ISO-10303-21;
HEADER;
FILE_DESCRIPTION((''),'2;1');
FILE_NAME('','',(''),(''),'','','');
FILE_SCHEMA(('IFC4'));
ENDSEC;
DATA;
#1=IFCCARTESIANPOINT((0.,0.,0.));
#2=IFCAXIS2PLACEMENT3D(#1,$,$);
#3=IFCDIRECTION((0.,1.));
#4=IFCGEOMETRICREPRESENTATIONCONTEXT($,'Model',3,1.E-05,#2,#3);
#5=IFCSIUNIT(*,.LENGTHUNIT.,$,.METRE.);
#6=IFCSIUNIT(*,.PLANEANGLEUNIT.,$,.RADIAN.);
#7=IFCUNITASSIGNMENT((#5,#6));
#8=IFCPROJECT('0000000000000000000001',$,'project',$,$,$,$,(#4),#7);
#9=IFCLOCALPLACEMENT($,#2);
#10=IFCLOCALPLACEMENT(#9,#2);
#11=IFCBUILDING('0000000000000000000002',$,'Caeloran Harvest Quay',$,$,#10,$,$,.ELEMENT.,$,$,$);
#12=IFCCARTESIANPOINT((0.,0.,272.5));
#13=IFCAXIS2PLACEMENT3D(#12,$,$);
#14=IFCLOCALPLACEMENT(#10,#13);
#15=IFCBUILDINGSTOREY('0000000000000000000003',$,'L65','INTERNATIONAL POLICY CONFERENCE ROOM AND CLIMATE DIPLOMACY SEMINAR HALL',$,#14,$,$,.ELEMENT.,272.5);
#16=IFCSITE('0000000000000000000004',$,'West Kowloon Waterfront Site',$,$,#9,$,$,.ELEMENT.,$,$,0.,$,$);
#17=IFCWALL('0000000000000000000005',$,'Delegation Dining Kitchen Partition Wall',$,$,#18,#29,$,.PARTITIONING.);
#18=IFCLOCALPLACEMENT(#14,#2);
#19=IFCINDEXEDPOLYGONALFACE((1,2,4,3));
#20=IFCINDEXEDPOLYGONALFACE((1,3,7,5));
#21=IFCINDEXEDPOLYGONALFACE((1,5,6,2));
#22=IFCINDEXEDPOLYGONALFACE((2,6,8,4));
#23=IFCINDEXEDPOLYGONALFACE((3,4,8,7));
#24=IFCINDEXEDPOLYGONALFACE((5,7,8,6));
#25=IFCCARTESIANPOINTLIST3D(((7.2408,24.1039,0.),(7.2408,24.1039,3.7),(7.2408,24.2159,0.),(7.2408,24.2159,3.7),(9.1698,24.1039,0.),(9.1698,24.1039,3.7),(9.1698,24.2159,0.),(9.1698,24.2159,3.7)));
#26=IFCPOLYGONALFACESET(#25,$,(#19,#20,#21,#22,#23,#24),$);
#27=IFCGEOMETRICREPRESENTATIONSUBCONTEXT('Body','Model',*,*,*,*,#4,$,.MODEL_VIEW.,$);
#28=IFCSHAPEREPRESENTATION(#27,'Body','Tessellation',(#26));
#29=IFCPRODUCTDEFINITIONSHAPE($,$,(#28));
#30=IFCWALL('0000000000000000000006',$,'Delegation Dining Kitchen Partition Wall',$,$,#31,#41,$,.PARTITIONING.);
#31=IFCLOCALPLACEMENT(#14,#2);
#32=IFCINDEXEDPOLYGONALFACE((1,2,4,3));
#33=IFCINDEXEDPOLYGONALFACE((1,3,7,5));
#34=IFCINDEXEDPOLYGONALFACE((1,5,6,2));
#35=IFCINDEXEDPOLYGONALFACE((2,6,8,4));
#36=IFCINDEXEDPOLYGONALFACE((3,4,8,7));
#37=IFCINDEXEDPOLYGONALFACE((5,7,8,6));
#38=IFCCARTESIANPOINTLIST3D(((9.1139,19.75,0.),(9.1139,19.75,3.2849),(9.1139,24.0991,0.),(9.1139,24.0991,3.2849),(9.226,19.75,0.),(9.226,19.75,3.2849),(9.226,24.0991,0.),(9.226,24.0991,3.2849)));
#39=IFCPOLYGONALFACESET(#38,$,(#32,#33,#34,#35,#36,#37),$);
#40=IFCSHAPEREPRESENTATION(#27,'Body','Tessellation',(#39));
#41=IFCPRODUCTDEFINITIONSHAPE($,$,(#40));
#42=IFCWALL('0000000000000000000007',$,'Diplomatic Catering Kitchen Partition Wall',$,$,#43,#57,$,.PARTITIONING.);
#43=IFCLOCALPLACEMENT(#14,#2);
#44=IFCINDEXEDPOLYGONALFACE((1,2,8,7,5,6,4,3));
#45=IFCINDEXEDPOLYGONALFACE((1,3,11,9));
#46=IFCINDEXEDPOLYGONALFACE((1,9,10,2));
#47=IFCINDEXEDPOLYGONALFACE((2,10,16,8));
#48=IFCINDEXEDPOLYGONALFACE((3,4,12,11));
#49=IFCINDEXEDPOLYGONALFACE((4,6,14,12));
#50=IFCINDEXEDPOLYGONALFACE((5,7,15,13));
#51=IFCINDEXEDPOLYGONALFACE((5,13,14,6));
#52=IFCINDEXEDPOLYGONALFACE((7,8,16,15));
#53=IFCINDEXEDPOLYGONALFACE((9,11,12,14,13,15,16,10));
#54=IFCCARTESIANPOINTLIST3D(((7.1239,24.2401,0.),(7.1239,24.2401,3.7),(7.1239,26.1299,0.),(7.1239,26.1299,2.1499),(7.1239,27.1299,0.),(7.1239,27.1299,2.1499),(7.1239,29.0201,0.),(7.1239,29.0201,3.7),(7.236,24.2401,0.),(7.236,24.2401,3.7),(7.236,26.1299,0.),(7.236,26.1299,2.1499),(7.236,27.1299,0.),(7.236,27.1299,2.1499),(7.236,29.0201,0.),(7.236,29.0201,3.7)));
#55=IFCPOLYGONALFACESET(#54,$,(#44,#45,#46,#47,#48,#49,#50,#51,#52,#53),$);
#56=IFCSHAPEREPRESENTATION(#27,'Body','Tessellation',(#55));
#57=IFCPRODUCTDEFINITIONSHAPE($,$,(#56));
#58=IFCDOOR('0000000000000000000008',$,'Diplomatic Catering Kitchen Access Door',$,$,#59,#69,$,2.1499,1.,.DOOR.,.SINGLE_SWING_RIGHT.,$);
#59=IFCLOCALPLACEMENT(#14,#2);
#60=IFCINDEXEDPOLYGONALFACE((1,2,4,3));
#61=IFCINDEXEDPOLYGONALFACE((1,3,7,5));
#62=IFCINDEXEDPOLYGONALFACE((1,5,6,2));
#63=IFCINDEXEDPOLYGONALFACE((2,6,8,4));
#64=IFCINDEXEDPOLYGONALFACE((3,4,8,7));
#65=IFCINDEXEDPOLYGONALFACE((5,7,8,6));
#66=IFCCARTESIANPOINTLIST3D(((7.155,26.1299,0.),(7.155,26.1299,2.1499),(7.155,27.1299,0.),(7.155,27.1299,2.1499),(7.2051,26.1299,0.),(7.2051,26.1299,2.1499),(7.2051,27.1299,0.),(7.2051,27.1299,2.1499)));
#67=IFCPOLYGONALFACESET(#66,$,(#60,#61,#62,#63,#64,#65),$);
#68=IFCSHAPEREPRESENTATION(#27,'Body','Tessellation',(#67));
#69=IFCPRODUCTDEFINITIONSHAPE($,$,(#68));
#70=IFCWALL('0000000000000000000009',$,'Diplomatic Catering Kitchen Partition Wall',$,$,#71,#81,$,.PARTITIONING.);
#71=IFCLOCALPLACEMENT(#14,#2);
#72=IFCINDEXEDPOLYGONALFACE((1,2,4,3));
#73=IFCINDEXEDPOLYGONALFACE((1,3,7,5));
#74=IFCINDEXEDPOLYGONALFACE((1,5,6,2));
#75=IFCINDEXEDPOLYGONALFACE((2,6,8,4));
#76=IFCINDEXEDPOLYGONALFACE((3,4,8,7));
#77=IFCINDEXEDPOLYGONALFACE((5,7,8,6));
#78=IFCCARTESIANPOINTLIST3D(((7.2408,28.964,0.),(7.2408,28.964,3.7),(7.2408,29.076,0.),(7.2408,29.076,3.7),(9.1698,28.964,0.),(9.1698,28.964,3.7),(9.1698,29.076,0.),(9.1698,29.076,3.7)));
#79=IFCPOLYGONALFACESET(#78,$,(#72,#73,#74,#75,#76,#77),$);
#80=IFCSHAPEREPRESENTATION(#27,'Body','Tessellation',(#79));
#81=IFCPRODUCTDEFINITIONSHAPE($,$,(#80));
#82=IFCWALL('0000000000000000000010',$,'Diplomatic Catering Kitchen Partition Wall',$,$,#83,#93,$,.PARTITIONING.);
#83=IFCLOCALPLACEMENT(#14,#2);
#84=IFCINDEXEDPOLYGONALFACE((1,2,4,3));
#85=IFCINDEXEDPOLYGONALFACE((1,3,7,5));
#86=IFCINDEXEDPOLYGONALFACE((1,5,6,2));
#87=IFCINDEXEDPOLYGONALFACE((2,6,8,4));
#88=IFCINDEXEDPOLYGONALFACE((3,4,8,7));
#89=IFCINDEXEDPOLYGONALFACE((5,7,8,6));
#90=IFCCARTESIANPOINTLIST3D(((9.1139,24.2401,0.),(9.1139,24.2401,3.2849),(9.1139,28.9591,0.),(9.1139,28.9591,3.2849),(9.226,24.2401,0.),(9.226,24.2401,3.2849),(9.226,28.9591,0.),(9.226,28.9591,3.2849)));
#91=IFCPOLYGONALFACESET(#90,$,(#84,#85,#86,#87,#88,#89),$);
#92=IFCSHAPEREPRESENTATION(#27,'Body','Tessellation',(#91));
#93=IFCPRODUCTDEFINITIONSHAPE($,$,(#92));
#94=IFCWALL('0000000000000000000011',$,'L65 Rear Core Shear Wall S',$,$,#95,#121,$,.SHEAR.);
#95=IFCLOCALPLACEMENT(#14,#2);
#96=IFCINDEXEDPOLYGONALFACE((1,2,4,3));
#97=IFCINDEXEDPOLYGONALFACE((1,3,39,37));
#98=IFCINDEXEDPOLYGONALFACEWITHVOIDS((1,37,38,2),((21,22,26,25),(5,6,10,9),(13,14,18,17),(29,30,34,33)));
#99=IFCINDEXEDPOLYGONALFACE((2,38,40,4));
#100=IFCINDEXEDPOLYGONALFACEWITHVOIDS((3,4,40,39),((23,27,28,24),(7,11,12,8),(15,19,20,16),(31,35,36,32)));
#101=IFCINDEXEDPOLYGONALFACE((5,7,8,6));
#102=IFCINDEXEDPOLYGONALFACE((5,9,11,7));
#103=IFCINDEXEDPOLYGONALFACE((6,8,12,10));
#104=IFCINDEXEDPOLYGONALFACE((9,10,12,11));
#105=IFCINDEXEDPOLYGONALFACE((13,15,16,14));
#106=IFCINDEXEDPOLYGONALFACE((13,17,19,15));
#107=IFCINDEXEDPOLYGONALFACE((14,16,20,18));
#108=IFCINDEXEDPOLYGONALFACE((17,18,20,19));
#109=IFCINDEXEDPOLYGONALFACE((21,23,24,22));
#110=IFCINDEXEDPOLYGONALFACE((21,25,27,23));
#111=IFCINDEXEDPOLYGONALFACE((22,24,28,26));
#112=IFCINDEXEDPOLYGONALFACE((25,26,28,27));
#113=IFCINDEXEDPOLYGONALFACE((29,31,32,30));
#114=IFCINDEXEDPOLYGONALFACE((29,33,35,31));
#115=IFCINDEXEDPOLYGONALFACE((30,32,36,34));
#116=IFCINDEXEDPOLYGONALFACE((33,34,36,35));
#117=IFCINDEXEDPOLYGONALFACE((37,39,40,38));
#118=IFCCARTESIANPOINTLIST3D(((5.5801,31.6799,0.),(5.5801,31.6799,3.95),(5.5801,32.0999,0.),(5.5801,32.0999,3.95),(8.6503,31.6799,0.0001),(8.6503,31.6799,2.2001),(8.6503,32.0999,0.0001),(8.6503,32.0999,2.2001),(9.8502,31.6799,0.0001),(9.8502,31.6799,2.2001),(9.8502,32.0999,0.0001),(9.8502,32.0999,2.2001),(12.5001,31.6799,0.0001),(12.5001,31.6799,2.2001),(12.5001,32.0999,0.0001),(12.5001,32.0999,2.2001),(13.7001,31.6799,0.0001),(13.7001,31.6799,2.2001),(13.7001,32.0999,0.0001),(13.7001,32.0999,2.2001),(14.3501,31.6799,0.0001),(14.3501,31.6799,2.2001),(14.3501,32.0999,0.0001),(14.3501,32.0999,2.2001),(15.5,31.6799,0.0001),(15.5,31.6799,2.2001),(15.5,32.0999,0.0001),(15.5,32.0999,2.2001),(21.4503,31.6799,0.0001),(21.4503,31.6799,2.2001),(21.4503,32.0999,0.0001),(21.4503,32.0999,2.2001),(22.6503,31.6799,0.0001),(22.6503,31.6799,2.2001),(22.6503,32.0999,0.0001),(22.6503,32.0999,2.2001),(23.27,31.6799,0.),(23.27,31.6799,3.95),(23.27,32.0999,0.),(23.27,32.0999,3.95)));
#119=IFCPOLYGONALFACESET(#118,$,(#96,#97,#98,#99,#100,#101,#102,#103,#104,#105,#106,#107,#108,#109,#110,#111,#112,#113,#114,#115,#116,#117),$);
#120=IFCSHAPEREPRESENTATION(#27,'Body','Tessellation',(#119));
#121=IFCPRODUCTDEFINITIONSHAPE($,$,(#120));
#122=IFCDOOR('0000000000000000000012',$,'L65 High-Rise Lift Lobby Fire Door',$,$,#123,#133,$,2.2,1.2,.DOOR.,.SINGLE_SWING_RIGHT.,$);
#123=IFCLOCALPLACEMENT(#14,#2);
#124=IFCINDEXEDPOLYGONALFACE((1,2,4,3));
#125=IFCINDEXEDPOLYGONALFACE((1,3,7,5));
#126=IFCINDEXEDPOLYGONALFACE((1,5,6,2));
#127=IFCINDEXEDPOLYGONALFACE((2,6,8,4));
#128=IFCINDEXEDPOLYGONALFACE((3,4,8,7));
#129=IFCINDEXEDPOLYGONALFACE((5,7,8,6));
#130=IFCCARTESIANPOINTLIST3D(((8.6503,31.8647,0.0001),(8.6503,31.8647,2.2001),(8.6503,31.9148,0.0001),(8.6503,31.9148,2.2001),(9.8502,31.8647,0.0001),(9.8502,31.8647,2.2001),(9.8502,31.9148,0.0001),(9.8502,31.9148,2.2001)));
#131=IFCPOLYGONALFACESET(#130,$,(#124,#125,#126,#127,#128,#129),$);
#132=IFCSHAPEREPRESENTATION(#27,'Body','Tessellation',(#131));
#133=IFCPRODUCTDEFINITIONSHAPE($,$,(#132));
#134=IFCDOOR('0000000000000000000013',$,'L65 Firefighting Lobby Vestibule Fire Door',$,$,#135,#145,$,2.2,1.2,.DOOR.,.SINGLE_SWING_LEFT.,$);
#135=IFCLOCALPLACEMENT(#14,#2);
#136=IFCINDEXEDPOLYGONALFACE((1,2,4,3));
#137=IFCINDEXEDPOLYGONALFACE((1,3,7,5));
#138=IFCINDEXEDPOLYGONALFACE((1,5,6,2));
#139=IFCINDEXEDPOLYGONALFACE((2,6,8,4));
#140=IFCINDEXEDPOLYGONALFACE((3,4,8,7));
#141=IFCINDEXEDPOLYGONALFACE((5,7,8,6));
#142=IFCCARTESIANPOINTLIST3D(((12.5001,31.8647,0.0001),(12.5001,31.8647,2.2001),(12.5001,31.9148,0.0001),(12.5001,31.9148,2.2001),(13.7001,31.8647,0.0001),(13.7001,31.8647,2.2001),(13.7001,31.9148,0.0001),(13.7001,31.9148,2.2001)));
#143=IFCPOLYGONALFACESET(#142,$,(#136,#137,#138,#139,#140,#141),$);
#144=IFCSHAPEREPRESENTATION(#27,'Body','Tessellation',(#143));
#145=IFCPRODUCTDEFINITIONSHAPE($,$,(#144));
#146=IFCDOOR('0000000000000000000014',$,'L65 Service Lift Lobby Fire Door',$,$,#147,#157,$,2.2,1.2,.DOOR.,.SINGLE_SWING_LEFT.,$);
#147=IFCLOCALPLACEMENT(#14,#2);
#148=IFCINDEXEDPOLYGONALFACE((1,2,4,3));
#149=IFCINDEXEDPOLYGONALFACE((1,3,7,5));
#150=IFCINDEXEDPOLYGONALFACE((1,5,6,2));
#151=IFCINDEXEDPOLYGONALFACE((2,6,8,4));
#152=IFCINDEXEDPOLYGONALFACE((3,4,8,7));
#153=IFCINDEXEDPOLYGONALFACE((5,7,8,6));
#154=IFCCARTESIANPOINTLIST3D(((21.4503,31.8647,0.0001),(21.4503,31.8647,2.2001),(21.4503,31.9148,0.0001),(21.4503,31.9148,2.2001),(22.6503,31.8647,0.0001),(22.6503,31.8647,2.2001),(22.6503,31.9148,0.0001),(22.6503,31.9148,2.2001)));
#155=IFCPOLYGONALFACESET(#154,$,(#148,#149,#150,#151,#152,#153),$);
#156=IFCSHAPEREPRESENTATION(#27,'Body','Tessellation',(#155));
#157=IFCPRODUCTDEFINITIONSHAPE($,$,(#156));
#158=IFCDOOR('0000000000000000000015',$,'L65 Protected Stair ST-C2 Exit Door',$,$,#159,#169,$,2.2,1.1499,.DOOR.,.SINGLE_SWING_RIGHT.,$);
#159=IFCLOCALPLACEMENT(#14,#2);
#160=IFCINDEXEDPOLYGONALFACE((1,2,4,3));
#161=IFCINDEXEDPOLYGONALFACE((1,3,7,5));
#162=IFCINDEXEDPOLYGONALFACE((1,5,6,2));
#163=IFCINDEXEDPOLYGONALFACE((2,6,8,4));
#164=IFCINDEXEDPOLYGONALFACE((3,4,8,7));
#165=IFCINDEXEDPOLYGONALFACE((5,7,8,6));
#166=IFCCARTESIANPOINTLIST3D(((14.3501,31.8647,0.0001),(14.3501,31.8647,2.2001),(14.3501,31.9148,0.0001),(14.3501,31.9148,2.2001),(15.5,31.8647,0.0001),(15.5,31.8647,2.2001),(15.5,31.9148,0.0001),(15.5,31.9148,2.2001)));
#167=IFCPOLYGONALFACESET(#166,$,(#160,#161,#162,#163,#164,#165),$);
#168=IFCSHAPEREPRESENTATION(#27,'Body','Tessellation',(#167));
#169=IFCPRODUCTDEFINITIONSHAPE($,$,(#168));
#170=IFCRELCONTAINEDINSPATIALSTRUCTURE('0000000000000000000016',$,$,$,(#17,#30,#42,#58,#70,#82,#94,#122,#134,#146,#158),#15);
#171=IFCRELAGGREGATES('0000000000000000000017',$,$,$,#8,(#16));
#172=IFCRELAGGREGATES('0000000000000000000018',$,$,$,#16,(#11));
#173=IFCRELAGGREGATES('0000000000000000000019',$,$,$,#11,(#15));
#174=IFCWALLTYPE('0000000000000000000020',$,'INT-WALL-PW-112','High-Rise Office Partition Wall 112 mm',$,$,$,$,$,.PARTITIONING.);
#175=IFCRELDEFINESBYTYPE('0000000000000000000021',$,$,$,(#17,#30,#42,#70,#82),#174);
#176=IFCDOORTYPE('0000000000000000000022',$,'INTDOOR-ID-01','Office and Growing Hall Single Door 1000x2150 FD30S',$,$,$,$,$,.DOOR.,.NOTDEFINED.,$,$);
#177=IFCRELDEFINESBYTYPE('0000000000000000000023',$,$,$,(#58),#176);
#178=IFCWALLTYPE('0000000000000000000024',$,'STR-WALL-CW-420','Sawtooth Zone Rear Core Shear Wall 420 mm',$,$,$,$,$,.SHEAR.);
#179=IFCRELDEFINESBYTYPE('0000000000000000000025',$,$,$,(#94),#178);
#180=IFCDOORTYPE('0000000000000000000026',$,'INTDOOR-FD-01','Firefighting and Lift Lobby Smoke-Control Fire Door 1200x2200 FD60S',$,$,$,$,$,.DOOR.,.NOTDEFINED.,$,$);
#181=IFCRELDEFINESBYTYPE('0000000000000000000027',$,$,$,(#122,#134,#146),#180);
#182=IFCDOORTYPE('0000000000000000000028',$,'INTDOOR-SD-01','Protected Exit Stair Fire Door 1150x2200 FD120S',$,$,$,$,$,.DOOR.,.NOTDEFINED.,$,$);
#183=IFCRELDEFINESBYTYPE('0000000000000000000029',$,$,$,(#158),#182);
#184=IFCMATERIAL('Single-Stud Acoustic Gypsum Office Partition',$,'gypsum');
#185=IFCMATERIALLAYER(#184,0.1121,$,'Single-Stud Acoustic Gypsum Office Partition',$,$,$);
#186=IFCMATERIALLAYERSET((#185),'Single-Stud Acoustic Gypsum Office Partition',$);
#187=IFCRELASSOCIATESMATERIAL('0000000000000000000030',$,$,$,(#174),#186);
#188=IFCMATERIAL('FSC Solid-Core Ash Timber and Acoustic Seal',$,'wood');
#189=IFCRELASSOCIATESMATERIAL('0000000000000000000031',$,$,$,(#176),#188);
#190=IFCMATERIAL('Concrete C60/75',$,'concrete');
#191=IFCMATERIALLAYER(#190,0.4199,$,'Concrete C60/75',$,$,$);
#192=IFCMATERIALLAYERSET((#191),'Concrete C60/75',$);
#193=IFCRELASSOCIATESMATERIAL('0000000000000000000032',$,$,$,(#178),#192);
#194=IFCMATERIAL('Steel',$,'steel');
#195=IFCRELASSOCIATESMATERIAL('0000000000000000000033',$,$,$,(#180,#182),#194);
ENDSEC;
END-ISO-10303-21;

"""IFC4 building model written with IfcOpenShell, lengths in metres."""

from ifc_helpers import new_model, si_unit, direction, frame, frame_2d, origin, place, context, subcontext, project, spatial, rectangle, extrude, material, layer, layer_set, type_object, element, fill, save


model = new_model("IFC4")

# Units and contexts
model_context = context("Model", 3, precision=1e-05, world=origin(), true_north=direction((0.0, 1.0)))
body_context = subcontext(model_context, "Body", "Model", "MODEL_VIEW")
ifc_project = project(units=[si_unit("LENGTHUNIT", "METRE"), si_unit("PLANEANGLEUNIT", "RADIAN")], contexts=[model_context])

# Site, building, storey
site_placement = place(None, origin())
site = spatial("IfcSite", under=ifc_project, at=site_placement, Name="West Kowloon Waterfront Site", CompositionType="ELEMENT", RefElevation=0.0)
building_placement = place(site_placement, origin())
building = spatial("IfcBuilding", under=site, at=building_placement, Name="Caeloran Harvest Quay", CompositionType="ELEMENT")
storey_placement = place(building_placement, frame((0.0, 0.0, 272.5)))
storey = spatial("IfcBuildingStorey", under=building, at=storey_placement, Name="L65", Description="INTERNATIONAL POLICY CONFERENCE ROOM AND CLIMATE DIPLOMACY SEMINAR HALL", CompositionType="ELEMENT", Elevation=272.5)

# Walls
ifc_material_1 = material(Name="Single-Stud Acoustic Gypsum Office Partition", Category="gypsum")
ifc_layer_1 = layer(ifc_material_1, 0.1121, Name="Single-Stud Acoustic Gypsum Office Partition")
ifc_layer_set_1 = layer_set([ifc_layer_1], Name="Single-Stud Acoustic Gypsum Office Partition")
wall_type_1 = type_object("IfcWallType", Name="INT-WALL-PW-112", Description="High-Rise Office Partition Wall 112 mm", PredefinedType="PARTITIONING", material=ifc_layer_set_1)
wall_1_placement = place(storey_placement, frame((7.241, 24.1599, 0.0), z_axis=(0.0, 0.0, 1.0), x_axis=(1.0, 0.0, 0.0)))
element("IfcWall", 1, at=wall_1_placement, inside=storey, type_object=wall_type_1, Name="Delegation Dining Kitchen Partition Wall", PredefinedType="PARTITIONING", context=body_context, shape_type="SweptSolid", body=[
    extrude(rectangle(XDim=1.929, YDim=0.1121, at=frame_2d((0.9644, 0.0))), origin(), (0.0, 0.0, 1.0), 3.7),
])
wall_2_placement = place(storey_placement, frame((9.1699, 24.0991, 0.0), z_axis=(0.0, 0.0, 1.0), x_axis=(0.0, -1.0, 0.0)))
element("IfcWall", 2, at=wall_2_placement, inside=storey, type_object=wall_type_1, Name="Delegation Dining Kitchen Partition Wall", PredefinedType="PARTITIONING", context=body_context, shape_type="SweptSolid", body=[
    extrude(rectangle(XDim=4.3491, YDim=0.1121, at=frame_2d((2.1746, 0.0))), origin(), (0.0, 0.0, 1.0), 3.2849),
])

# Wall, opening, door
wall_3_placement = place(storey_placement, frame((7.1799, 24.24, 0.0), z_axis=(0.0, 0.0, 1.0), x_axis=(0.0, 1.0, 0.0)))
wall_3 = element("IfcWall", 3, at=wall_3_placement, inside=storey, type_object=wall_type_1, Name="Diplomatic Catering Kitchen Partition Wall", PredefinedType="PARTITIONING", context=body_context, shape_type="SweptSolid", body=[
    extrude(rectangle(XDim=4.78, YDim=0.1121, at=frame_2d((2.3901, 0.0))), origin(), (0.0, 0.0, 1.0), 3.7),
])
opening_1_placement = place(wall_3_placement, frame((1.8899, 0.0, 0.0)))
opening_1 = element("IfcOpeningElement", 4, at=opening_1_placement, cuts=wall_3, PredefinedType="OPENING", context=body_context, shape_type="SweptSolid", body=[
    extrude(rectangle(XDim=1.0, YDim=2.1499, at=frame_2d((0.5, 1.075))), frame((0.0, 0.0659, 0.0), z_axis=(0.0, -1.0, 0.0), x_axis=(1.0, 0.0, 0.0)), (0.0, 0.0, 1.0), 0.1321),
])
ifc_material_2 = material(Name="FSC Solid-Core Ash Timber and Acoustic Seal", Category="wood")
door_type_1 = type_object("IfcDoorType", Name="INTDOOR-ID-01", Description="Office and Growing Hall Single Door 1000x2150 FD30S", OperationType="NOTDEFINED", PredefinedType="DOOR", material=ifc_material_2)
door_1_placement = place(opening_1_placement, origin())
door_1 = element("IfcDoor", 5, at=door_1_placement, inside=storey, type_object=door_type_1, Name="Diplomatic Catering Kitchen Access Door", OperationType="SINGLE_SWING_RIGHT", OverallHeight=2.1499, OverallWidth=1.0, PredefinedType="DOOR", context=body_context, shape_type="SweptSolid", body=[
    extrude(rectangle(XDim=1.0, YDim=2.1499, at=frame_2d((0.5, 1.075))), frame((0.0, 0.0249, 0.0), z_axis=(0.0, -1.0, 0.0), x_axis=(1.0, 0.0, 0.0)), (0.0, 0.0, 1.0), 0.05),
])
fill(opening_1, door_1)

# Walls
wall_4_placement = place(storey_placement, frame((7.241, 29.02, 0.0), z_axis=(0.0, 0.0, 1.0), x_axis=(1.0, 0.0, 0.0)))
element("IfcWall", 6, at=wall_4_placement, inside=storey, type_object=wall_type_1, Name="Diplomatic Catering Kitchen Partition Wall", PredefinedType="PARTITIONING", context=body_context, shape_type="SweptSolid", body=[
    extrude(rectangle(XDim=1.929, YDim=0.1121, at=frame_2d((0.9644, 0.0))), origin(), (0.0, 0.0, 1.0), 3.7),
])
wall_5_placement = place(storey_placement, frame((9.1699, 28.959, 0.0), z_axis=(0.0, 0.0, 1.0), x_axis=(0.0, -1.0, 0.0)))
element("IfcWall", 7, at=wall_5_placement, inside=storey, type_object=wall_type_1, Name="Diplomatic Catering Kitchen Partition Wall", PredefinedType="PARTITIONING", context=body_context, shape_type="SweptSolid", body=[
    extrude(rectangle(XDim=4.719, YDim=0.1121, at=frame_2d((2.3594, 0.0))), origin(), (0.0, 0.0, 1.0), 3.2849),
])

# Wall, openings, doors
ifc_material_3 = material(Name="Concrete C60/75", Category="concrete")
ifc_layer_2 = layer(ifc_material_3, 0.4199, Name="Concrete C60/75")
ifc_layer_set_2 = layer_set([ifc_layer_2], Name="Concrete C60/75")
wall_type_2 = type_object("IfcWallType", Name="STR-WALL-CW-420", Description="Sawtooth Zone Rear Core Shear Wall 420 mm", PredefinedType="SHEAR", material=ifc_layer_set_2)
wall_6_placement = place(storey_placement, frame((5.5801, 31.8899, 0.0), z_axis=(0.0, 0.0, 1.0), x_axis=(1.0, 0.0, 0.0)))
wall_6 = element("IfcWall", 8, at=wall_6_placement, inside=storey, type_object=wall_type_2, Name="L65 Rear Core Shear Wall S", PredefinedType="SHEAR", context=body_context, shape_type="SweptSolid", body=[
    extrude(rectangle(XDim=17.6899, YDim=0.4199, at=frame_2d((8.845, 0.0))), origin(), (0.0, 0.0, 1.0), 3.95),
])
opening_2_placement = place(wall_6_placement, frame((3.0701, 0.0, 0.0)))
opening_2 = element("IfcOpeningElement", 9, at=opening_2_placement, cuts=wall_6, PredefinedType="OPENING", context=body_context, shape_type="SweptSolid", body=[
    extrude(rectangle(XDim=1.2, YDim=2.2, at=frame_2d((0.6001, 1.1001))), frame((0.0, 0.22, 0.0), z_axis=(0.0, -1.0, 0.0), x_axis=(1.0, 0.0, 0.0)), (0.0, 0.0, 1.0), 0.4399),
])
opening_3_placement = place(wall_6_placement, frame((6.9199, 0.0, 0.0)))
opening_3 = element("IfcOpeningElement", 10, at=opening_3_placement, cuts=wall_6, PredefinedType="OPENING", context=body_context, shape_type="SweptSolid", body=[
    extrude(rectangle(XDim=1.2, YDim=2.2, at=frame_2d((0.6001, 1.1001))), frame((0.0, 0.22, 0.0), z_axis=(0.0, -1.0, 0.0), x_axis=(1.0, 0.0, 0.0)), (0.0, 0.0, 1.0), 0.4399),
])
opening_4_placement = place(wall_6_placement, frame((8.77, 0.0, 0.0)))
opening_4 = element("IfcOpeningElement", 11, at=opening_4_placement, cuts=wall_6, PredefinedType="OPENING", context=body_context, shape_type="SweptSolid", body=[
    extrude(rectangle(XDim=1.1499, YDim=2.2, at=frame_2d((0.575, 1.1001))), frame((0.0, 0.22, 0.0), z_axis=(0.0, -1.0, 0.0), x_axis=(1.0, 0.0, 0.0)), (0.0, 0.0, 1.0), 0.4399),
])
opening_5_placement = place(wall_6_placement, frame((15.8701, 0.0, 0.0)))
opening_5 = element("IfcOpeningElement", 12, at=opening_5_placement, cuts=wall_6, PredefinedType="OPENING", context=body_context, shape_type="SweptSolid", body=[
    extrude(rectangle(XDim=1.2, YDim=2.2, at=frame_2d((0.6001, 1.1001))), frame((0.0, 0.22, 0.0), z_axis=(0.0, -1.0, 0.0), x_axis=(1.0, 0.0, 0.0)), (0.0, 0.0, 1.0), 0.4399),
])
ifc_material_4 = material(Name="Steel", Category="steel")
door_type_2 = type_object("IfcDoorType", Name="INTDOOR-FD-01", Description="Firefighting and Lift Lobby Smoke-Control Fire Door 1200x2200 FD60S", OperationType="NOTDEFINED", PredefinedType="DOOR", material=ifc_material_4)
door_2_placement = place(opening_2_placement, origin())
door_2 = element("IfcDoor", 13, at=door_2_placement, inside=storey, type_object=door_type_2, Name="L65 High-Rise Lift Lobby Fire Door", OperationType="SINGLE_SWING_RIGHT", OverallHeight=2.2, OverallWidth=1.2, PredefinedType="DOOR", context=body_context, shape_type="SweptSolid", body=[
    extrude(rectangle(XDim=1.2, YDim=2.2, at=frame_2d((0.6001, 1.1001))), frame((0.0, 0.0249, 0.0), z_axis=(0.0, -1.0, 0.0), x_axis=(1.0, 0.0, 0.0)), (0.0, 0.0, 1.0), 0.05),
])
fill(opening_2, door_2)
door_3_placement = place(opening_3_placement, origin())
door_3 = element("IfcDoor", 14, at=door_3_placement, inside=storey, type_object=door_type_2, Name="L65 Firefighting Lobby Vestibule Fire Door", OperationType="SINGLE_SWING_LEFT", OverallHeight=2.2, OverallWidth=1.2, PredefinedType="DOOR", context=body_context, shape_type="SweptSolid", body=[
    extrude(rectangle(XDim=1.2, YDim=2.2, at=frame_2d((0.6001, 1.1001))), frame((0.0, 0.0249, 0.0), z_axis=(0.0, -1.0, 0.0), x_axis=(1.0, 0.0, 0.0)), (0.0, 0.0, 1.0), 0.05),
])
fill(opening_3, door_3)
door_4_placement = place(opening_5_placement, origin())
door_4 = element("IfcDoor", 15, at=door_4_placement, inside=storey, type_object=door_type_2, Name="L65 Service Lift Lobby Fire Door", OperationType="SINGLE_SWING_LEFT", OverallHeight=2.2, OverallWidth=1.2, PredefinedType="DOOR", context=body_context, shape_type="SweptSolid", body=[
    extrude(rectangle(XDim=1.2, YDim=2.2, at=frame_2d((0.6001, 1.1001))), frame((0.0, 0.0249, 0.0), z_axis=(0.0, -1.0, 0.0), x_axis=(1.0, 0.0, 0.0)), (0.0, 0.0, 1.0), 0.05),
])
fill(opening_5, door_4)
door_type_3 = type_object("IfcDoorType", Name="INTDOOR-SD-01", Description="Protected Exit Stair Fire Door 1150x2200 FD120S", OperationType="NOTDEFINED", PredefinedType="DOOR", material=ifc_material_4)
door_5_placement = place(opening_4_placement, origin())
door_5 = element("IfcDoor", 16, at=door_5_placement, inside=storey, type_object=door_type_3, Name="L65 Protected Stair ST-C2 Exit Door", OperationType="SINGLE_SWING_RIGHT", OverallHeight=2.2, OverallWidth=1.1499, PredefinedType="DOOR", context=body_context, shape_type="SweptSolid", body=[
    extrude(rectangle(XDim=1.1499, YDim=2.2, at=frame_2d((0.575, 1.1001))), frame((0.0, 0.0249, 0.0), z_axis=(0.0, -1.0, 0.0), x_axis=(1.0, 0.0, 0.0)), (0.0, 0.0, 1.0), 0.05),
])
fill(opening_4, door_5)

save(model, "model.ifc")
